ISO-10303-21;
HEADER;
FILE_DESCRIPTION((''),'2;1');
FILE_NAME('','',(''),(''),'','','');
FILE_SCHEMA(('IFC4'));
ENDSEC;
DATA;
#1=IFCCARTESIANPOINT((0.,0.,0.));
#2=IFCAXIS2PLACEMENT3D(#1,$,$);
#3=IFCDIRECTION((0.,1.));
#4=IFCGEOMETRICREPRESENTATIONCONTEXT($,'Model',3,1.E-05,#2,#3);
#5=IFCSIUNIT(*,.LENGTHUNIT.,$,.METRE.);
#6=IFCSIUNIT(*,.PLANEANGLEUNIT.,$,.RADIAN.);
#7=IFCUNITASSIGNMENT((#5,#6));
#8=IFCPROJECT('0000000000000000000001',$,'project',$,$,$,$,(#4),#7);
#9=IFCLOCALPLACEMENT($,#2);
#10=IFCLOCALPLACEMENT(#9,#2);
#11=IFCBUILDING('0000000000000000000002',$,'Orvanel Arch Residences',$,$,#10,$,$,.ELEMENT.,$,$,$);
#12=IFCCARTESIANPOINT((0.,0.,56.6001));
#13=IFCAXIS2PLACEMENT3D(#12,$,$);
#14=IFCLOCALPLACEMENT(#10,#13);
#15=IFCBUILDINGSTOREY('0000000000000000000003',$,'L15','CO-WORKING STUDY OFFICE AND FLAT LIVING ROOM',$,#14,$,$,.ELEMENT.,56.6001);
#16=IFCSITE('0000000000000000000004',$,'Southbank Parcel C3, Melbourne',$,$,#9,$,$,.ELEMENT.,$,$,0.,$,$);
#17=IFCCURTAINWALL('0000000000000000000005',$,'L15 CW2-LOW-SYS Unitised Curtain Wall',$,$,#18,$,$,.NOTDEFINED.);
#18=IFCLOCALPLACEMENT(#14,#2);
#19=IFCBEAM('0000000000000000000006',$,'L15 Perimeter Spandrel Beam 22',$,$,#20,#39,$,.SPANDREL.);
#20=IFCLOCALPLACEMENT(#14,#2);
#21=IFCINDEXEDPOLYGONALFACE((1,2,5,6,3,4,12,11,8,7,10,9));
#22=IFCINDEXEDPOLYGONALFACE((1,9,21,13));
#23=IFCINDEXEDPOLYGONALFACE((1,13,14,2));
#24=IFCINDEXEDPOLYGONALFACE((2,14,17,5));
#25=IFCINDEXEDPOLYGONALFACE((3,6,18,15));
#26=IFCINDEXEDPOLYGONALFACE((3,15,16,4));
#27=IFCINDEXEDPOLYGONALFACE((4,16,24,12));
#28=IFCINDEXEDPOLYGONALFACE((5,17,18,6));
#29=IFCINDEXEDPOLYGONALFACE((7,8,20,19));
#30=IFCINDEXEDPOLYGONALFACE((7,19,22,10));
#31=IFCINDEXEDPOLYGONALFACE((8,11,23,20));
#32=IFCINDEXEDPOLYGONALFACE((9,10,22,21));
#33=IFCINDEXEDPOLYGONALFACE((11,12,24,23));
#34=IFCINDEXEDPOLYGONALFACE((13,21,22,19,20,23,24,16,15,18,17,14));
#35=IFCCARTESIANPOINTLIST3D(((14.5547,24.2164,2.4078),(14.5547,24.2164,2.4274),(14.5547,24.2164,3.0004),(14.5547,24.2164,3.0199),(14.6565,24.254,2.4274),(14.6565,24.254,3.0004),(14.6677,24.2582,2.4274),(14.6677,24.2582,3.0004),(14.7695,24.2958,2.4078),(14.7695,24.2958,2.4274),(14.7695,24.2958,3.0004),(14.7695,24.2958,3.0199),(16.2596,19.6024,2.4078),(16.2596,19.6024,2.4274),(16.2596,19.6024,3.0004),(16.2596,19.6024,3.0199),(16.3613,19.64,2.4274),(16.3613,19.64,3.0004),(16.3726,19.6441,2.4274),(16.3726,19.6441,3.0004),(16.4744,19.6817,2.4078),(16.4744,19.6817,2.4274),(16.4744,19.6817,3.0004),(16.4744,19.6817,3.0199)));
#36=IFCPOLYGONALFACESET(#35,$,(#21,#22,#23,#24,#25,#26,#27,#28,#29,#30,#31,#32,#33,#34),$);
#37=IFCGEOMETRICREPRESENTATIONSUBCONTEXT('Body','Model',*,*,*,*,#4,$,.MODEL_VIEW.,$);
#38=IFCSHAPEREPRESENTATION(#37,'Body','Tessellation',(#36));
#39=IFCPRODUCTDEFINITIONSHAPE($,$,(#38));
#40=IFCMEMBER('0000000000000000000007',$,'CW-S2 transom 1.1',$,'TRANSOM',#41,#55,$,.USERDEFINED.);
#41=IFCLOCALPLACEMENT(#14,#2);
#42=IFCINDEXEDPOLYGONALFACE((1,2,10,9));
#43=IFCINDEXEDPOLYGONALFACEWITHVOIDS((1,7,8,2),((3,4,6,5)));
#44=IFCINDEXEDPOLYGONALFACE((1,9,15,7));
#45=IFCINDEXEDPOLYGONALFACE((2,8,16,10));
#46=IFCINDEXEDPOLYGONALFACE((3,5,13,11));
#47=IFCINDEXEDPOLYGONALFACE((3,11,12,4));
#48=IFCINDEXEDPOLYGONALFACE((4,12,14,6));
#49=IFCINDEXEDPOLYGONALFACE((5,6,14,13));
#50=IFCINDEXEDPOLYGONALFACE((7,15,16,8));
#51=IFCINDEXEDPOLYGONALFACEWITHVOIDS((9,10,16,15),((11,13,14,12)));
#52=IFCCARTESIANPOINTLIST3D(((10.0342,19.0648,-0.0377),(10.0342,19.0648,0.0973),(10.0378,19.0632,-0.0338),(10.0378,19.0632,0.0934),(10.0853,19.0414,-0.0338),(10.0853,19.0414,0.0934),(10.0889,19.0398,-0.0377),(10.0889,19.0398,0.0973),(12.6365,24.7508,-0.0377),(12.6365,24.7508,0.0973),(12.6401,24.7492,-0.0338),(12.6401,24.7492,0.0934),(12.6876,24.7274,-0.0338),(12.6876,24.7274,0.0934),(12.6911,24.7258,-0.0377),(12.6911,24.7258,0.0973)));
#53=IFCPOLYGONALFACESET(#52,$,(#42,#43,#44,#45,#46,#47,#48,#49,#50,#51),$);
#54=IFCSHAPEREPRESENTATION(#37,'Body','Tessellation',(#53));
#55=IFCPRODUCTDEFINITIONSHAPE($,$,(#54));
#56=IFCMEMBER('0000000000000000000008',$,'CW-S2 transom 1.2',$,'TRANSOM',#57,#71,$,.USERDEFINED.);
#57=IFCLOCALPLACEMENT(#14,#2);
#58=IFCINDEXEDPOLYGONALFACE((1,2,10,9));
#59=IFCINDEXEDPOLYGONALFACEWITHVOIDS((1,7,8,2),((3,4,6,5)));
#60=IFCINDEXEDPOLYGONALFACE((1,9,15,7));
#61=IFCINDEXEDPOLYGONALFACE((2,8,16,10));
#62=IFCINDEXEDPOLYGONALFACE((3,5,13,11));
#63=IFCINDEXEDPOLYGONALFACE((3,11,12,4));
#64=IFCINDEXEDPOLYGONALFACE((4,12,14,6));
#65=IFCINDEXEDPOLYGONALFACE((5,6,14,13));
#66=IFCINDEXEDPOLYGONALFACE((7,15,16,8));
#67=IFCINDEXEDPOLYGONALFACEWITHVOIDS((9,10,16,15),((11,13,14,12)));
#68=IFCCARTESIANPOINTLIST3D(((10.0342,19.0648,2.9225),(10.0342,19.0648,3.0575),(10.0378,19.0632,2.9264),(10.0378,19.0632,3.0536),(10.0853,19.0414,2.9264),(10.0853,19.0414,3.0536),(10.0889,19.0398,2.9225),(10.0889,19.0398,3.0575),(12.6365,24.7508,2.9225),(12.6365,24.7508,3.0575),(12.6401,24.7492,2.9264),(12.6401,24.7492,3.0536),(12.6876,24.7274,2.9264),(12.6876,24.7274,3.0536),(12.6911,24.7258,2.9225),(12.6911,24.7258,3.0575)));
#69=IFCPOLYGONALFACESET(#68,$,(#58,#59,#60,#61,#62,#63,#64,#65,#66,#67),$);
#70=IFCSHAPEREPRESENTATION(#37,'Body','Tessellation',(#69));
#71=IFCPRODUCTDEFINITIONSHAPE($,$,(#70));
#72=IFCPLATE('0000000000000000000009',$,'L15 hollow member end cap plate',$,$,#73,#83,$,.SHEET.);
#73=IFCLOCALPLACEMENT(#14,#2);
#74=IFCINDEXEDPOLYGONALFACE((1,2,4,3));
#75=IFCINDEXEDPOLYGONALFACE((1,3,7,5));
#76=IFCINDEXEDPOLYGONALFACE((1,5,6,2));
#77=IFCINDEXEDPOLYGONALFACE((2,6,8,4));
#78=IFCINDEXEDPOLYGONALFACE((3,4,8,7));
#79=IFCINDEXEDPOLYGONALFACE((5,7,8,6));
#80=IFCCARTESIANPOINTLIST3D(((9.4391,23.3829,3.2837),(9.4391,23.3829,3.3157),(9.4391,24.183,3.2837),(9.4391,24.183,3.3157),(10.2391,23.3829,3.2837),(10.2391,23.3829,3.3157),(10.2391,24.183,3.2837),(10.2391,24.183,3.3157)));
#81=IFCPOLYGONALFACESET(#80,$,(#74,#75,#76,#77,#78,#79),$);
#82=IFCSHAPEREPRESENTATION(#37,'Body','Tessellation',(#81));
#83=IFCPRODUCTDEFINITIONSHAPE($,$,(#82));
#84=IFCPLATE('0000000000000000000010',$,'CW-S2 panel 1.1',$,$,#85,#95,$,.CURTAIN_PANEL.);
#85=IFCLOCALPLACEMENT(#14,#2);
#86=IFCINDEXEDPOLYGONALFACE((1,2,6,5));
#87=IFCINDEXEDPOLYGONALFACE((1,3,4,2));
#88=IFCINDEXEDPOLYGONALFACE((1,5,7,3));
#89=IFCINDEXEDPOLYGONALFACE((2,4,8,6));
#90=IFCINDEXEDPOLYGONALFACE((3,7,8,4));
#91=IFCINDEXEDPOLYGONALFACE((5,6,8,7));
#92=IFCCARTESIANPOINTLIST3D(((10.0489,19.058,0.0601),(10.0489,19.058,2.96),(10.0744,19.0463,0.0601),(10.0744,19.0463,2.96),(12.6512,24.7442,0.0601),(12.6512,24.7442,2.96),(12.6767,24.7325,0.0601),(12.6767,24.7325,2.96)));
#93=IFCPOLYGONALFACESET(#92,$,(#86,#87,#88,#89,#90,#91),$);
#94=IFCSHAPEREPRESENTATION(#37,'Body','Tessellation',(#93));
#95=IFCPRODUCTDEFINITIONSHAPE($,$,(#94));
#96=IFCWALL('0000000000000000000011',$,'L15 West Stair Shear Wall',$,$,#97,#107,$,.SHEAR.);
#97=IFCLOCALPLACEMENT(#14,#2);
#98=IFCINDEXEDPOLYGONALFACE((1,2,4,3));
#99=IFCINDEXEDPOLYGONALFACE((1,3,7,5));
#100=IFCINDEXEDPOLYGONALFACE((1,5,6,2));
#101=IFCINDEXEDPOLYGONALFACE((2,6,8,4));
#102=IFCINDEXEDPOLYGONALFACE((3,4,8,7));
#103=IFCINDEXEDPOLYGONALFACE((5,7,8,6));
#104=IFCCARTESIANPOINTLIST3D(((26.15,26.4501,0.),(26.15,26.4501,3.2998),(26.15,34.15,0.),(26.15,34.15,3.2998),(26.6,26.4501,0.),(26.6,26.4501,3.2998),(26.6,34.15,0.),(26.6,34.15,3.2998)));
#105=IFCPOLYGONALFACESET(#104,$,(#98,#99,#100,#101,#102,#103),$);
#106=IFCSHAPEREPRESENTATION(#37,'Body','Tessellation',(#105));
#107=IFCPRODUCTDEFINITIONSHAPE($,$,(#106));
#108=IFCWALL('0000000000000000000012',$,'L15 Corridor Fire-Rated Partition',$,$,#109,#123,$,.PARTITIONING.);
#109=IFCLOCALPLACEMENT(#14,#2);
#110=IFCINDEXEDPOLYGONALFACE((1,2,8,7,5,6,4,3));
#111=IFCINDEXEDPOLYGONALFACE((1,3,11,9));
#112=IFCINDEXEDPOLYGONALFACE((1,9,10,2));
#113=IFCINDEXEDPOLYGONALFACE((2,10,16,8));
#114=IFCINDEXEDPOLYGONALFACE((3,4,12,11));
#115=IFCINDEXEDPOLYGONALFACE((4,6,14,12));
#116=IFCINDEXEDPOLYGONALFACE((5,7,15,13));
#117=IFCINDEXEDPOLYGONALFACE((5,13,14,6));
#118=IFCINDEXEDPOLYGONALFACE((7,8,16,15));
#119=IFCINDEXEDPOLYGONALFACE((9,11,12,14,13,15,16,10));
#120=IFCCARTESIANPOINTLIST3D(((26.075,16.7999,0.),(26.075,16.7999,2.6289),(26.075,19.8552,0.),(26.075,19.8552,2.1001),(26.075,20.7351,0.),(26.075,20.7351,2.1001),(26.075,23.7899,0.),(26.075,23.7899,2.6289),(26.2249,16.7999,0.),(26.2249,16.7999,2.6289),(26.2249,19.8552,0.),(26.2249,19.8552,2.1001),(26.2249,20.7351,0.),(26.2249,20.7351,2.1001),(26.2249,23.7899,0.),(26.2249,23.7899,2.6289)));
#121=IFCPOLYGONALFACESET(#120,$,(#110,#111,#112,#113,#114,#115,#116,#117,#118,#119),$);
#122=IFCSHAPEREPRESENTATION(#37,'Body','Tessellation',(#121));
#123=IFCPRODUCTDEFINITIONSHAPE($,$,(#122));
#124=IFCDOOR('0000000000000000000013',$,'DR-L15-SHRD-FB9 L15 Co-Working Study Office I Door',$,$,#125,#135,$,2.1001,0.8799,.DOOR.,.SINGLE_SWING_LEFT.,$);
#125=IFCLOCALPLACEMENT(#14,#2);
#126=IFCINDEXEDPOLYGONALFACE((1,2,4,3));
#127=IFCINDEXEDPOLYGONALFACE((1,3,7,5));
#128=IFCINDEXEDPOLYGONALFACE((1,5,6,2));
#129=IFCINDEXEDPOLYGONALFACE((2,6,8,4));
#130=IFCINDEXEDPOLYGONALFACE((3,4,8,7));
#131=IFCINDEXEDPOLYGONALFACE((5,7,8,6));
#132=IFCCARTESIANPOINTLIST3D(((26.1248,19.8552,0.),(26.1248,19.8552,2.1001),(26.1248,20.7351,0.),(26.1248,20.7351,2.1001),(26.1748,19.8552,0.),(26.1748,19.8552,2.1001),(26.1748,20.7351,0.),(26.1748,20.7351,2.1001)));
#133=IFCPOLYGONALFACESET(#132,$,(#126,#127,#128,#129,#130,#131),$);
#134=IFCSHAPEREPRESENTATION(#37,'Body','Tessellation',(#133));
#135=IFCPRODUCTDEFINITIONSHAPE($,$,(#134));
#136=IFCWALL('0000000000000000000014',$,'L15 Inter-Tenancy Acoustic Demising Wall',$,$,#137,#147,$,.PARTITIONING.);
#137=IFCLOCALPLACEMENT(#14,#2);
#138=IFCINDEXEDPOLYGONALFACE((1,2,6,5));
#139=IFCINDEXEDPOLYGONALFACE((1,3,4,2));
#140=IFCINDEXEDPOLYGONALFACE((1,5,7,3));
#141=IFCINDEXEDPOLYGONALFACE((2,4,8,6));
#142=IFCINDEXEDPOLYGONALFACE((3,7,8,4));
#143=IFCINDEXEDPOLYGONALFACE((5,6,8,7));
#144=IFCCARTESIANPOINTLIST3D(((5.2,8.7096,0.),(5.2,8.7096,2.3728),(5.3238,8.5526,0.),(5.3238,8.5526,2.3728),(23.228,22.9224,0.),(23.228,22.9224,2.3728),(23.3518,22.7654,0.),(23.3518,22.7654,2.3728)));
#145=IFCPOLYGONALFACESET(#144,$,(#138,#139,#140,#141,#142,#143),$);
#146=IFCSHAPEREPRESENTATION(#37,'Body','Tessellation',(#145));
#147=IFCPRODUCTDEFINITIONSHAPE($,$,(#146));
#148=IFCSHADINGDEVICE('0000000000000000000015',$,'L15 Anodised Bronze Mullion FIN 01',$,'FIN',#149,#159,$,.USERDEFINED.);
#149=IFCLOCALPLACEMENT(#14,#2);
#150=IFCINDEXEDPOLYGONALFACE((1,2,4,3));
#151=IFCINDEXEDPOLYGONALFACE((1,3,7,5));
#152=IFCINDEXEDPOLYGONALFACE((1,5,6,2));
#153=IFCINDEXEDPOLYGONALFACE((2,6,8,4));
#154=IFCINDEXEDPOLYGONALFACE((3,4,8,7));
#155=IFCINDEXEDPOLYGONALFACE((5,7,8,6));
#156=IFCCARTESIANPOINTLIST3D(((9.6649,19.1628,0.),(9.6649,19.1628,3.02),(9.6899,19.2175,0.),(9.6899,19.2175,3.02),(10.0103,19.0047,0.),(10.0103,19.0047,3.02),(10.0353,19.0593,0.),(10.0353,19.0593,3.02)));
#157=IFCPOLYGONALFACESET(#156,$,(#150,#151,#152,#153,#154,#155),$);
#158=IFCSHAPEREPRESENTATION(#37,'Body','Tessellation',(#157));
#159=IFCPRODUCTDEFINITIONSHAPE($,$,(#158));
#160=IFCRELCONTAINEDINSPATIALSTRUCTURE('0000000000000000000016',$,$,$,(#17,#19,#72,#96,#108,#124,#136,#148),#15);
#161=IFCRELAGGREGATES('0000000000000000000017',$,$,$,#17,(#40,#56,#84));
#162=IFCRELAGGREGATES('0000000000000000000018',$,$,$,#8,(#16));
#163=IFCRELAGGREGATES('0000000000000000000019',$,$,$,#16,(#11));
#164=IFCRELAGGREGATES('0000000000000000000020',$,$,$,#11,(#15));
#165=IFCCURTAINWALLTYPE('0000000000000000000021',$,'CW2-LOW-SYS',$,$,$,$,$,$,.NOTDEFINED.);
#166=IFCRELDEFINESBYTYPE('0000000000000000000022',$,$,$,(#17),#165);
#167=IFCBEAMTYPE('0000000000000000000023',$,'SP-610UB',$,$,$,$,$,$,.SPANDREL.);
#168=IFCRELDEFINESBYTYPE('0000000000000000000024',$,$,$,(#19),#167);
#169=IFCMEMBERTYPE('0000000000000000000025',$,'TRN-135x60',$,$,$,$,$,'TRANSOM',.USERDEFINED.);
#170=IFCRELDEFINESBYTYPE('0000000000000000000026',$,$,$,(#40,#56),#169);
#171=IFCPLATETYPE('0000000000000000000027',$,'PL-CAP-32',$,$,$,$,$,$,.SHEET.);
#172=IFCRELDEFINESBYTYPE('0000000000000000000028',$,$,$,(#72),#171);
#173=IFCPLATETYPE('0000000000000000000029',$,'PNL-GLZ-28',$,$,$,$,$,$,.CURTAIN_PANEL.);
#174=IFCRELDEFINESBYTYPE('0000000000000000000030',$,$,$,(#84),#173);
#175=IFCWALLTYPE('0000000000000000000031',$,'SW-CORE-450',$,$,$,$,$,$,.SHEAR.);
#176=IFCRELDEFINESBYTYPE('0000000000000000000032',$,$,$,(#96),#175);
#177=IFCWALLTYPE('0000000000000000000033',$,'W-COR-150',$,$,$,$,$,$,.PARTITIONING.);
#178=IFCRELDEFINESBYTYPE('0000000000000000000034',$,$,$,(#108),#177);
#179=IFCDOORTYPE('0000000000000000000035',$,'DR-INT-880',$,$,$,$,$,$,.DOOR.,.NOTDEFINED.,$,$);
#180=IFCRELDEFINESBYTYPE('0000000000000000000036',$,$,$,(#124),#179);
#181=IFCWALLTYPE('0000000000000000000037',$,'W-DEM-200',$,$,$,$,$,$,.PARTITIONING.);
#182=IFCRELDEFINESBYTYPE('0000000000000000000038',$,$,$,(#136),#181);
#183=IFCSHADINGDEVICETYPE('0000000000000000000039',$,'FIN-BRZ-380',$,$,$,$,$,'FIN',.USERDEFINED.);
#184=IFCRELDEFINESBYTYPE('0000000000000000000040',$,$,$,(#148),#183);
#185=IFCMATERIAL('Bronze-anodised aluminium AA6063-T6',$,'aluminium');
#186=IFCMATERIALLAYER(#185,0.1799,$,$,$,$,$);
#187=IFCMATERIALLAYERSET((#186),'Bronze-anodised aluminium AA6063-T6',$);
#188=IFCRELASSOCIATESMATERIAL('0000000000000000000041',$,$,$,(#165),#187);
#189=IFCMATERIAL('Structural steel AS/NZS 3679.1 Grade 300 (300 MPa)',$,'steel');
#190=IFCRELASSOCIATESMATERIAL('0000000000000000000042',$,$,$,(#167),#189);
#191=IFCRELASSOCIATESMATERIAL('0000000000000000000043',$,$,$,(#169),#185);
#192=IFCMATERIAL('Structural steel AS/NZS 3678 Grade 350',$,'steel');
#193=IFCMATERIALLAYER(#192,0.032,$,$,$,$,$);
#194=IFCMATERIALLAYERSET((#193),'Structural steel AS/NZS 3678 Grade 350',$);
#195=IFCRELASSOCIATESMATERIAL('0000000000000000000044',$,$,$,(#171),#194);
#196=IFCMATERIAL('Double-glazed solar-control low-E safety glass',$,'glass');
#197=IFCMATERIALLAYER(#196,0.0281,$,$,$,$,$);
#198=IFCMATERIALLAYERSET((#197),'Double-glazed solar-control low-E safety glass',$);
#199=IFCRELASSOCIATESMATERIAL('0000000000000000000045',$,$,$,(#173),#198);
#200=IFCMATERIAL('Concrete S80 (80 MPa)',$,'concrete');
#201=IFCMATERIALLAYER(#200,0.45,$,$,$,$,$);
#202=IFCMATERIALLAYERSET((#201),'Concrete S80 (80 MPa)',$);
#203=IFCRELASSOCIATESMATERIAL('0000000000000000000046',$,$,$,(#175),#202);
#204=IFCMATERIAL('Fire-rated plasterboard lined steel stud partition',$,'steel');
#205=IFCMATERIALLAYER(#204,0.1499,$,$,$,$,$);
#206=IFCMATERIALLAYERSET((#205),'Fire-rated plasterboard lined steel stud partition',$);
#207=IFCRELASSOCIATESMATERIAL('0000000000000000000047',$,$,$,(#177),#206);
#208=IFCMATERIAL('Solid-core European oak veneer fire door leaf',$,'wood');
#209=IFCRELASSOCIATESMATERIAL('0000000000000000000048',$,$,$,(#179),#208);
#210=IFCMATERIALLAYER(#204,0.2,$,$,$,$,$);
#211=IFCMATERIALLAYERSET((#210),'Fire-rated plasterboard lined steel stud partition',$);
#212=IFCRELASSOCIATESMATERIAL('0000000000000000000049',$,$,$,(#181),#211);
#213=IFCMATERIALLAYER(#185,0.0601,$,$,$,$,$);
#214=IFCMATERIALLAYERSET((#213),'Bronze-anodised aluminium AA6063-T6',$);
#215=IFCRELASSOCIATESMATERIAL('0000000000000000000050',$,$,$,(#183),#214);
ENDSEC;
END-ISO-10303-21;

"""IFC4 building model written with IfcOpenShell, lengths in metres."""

from ifc_helpers import new_model, si_unit, direction, frame, frame_2d, origin, origin_2d, place, context, subcontext, project, spatial, rectangle, hollow_rectangle, i_section, extrude, material, layer, layer_set, material_profile, profile_set, type_object, element, fill, aggregate, save


model = new_model("IFC4")

# Units and contexts
model_context = context("Model", 3, precision=1e-05, world=origin(), true_north=direction((0.0, 1.0)))
body_context = subcontext(model_context, "Body", "Model", "MODEL_VIEW")
ifc_project = project(units=[si_unit("LENGTHUNIT", "METRE"), si_unit("PLANEANGLEUNIT", "RADIAN")], contexts=[model_context])

# Site, building, storey
site_placement = place(None, origin())
site = spatial("IfcSite", under=ifc_project, at=site_placement, Name="Southbank Parcel C3, Melbourne", CompositionType="ELEMENT", RefElevation=0.0)
building_placement = place(site_placement, origin())
building = spatial("IfcBuilding", under=site, at=building_placement, Name="Orvanel Arch Residences", CompositionType="ELEMENT")
storey_placement = place(building_placement, frame((0.0, 0.0, 56.6001)))
storey = spatial("IfcBuildingStorey", under=building, at=storey_placement, Name="L15", Description="CO-WORKING STUDY OFFICE AND FLAT LIVING ROOM", CompositionType="ELEMENT", Elevation=56.6001)

# Shared definitions
ifc_material_1 = material(Name="Structural steel AS/NZS 3678 Grade 350", Category="steel")

# Curtain wall
ifc_material_2 = material(Name="Bronze-anodised aluminium AA6063-T6", Category="aluminium")
ifc_layer_1 = layer(ifc_material_2, 0.1799)
ifc_layer_set_1 = layer_set([ifc_layer_1], Name="Bronze-anodised aluminium AA6063-T6")
curtain_wall_type = type_object("IfcCurtainWallType", Name="CW2-LOW-SYS", PredefinedType="NOTDEFINED", material=ifc_layer_set_1)
curtain_wall_placement = place(storey_placement, origin())
curtain_wall = element("IfcCurtainWall", 1, at=curtain_wall_placement, inside=storey, type_object=curtain_wall_type, Name="L15 CW2-LOW-SYS Unitised Curtain Wall", PredefinedType="NOTDEFINED")

# Beam
ifc_material_3 = material(Name="Structural steel AS/NZS 3679.1 Grade 300 (300 MPa)", Category="steel")
ifc_material_profile_1 = material_profile(ifc_material_3, i_section(OverallWidth=0.229, OverallDepth=0.6121, WebThickness=0.012, FlangeThickness=0.0195, at=origin_2d()), Name="610UB125")
ifc_profile_set_1 = profile_set([ifc_material_profile_1], Name="Structural steel AS/NZS 3679.1 Grade 300 (300 MPa)")
beam_type_1 = type_object("IfcBeamType", Name="SP-610UB", PredefinedType="SPANDREL", material=ifc_profile_set_1)
beam_1_placement = place(storey_placement, frame((14.6621, 24.2561, 2.7139), z_axis=(0.346588, -0.938017, 0.0), x_axis=(0.938017, 0.346588, 0.0)))
element("IfcBeam", 2, at=beam_1_placement, inside=storey, type_object=beam_type_1, Name="L15 Perimeter Spandrel Beam 22", PredefinedType="SPANDREL", context=body_context, shape_type="SweptSolid", body=[
    extrude(i_section(OverallWidth=0.229, OverallDepth=0.6121, WebThickness=0.012, FlangeThickness=0.0195, at=origin_2d()), origin(), (0.0, 0.0, 1.0), 4.9189),
])

# Members
ifc_material_profile_2 = material_profile(ifc_material_2, hollow_rectangle(XDim=0.0601, YDim=0.135, WallThickness=0.0039, at=origin_2d()), Name="ALU135x60x4")
ifc_profile_set_2 = profile_set([ifc_material_profile_2], Name="Bronze-anodised aluminium AA6063-T6")
member_type_1 = type_object("IfcMemberType", Name="TRN-135x60", ElementType="TRANSOM", PredefinedType="USERDEFINED", material=ifc_profile_set_2)
member_1_placement = place(storey_placement, frame((12.6638, 24.7383, 0.0298), z_axis=(-0.416152, -0.909295, 0.0), x_axis=(0.909295, -0.416152, 0.0)))
member_1 = element("IfcMember", 3, at=member_1_placement, type_object=member_type_1, Name="CW-S2 transom 1.1", ObjectType="TRANSOM", PredefinedType="USERDEFINED", context=body_context, shape_type="SweptSolid", body=[
    extrude(hollow_rectangle(XDim=0.0601, YDim=0.135, WallThickness=0.0039, at=origin_2d()), origin(), (0.0, 0.0, 1.0), 6.2532),
])
member_2_placement = place(storey_placement, frame((12.6638, 24.7383, 2.99), z_axis=(-0.416152, -0.909295, 0.0), x_axis=(0.909295, -0.416152, 0.0)))
member_2 = element("IfcMember", 4, at=member_2_placement, type_object=member_type_1, Name="CW-S2 transom 1.2", ObjectType="TRANSOM", PredefinedType="USERDEFINED", context=body_context, shape_type="SweptSolid", body=[
    extrude(hollow_rectangle(XDim=0.0601, YDim=0.135, WallThickness=0.0039, at=origin_2d()), origin(), (0.0, 0.0, 1.0), 6.2532),
])

# Plates
ifc_layer_2 = layer(ifc_material_1, 0.032)
ifc_layer_set_2 = layer_set([ifc_layer_2], Name="Structural steel AS/NZS 3678 Grade 350")
plate_type_1 = type_object("IfcPlateType", Name="PL-CAP-32", PredefinedType="SHEET", material=ifc_layer_set_2)
plate_1_placement = place(storey_placement, frame((9.8391, 23.783, 3.2837), z_axis=(0.0, 0.0, 1.0), x_axis=(1.0, 0.0, 0.0)))
element("IfcPlate", 5, at=plate_1_placement, inside=storey, type_object=plate_type_1, Name="L15 hollow member end cap plate", PredefinedType="SHEET", context=body_context, shape_type="SweptSolid", body=[
    extrude(rectangle(XDim=0.8, YDim=0.8, at=origin_2d()), origin(), (0.0, 0.0, 1.0), 0.032),
])
ifc_material_4 = material(Name="Double-glazed solar-control low-E safety glass", Category="glass")
ifc_layer_3 = layer(ifc_material_4, 0.0281)
ifc_layer_set_3 = layer_set([ifc_layer_3], Name="Double-glazed solar-control low-E safety glass")
plate_type_2 = type_object("IfcPlateType", Name="PNL-GLZ-28", PredefinedType="CURTAIN_PANEL", material=ifc_layer_set_3)
plate_2_placement = place(storey_placement, frame((11.3628, 21.8953, 0.0601), z_axis=(0.0, 0.0, 1.0), x_axis=(-0.416144, -0.909299, 0.0)))
plate_2 = element("IfcPlate", 6, at=plate_2_placement, type_object=plate_type_2, Name="CW-S2 panel 1.1", PredefinedType="CURTAIN_PANEL", context=body_context, shape_type="SweptSolid", body=[
    extrude(rectangle(XDim=6.2534, YDim=0.0281, at=origin_2d()), origin(), (0.0, 0.0, 1.0), 2.8999),
])
aggregate(curtain_wall, [member_1, member_2, plate_2])

# Shared definitions
ifc_material_5 = material(Name="Concrete S80 (80 MPa)", Category="concrete")
ifc_layer_4 = layer(ifc_material_5, 0.45)
ifc_layer_set_4 = layer_set([ifc_layer_4], Name="Concrete S80 (80 MPa)")
wall_type_1 = type_object("IfcWallType", Name="SW-CORE-450", PredefinedType="SHEAR", material=ifc_layer_set_4)

# Wall
wall_1_placement = place(storey_placement, frame((26.375, 26.45, 0.0), z_axis=(0.0, 0.0, 1.0), x_axis=(0.0, 1.0, 0.0)))
element("IfcWall", 7, at=wall_1_placement, inside=storey, type_object=wall_type_1, Name="L15 West Stair Shear Wall", PredefinedType="SHEAR", context=body_context, shape_type="SweptSolid", body=[
    extrude(rectangle(XDim=7.7, YDim=0.45, at=frame_2d((3.8501, 0.0))), origin(), (0.0, 0.0, 1.0), 3.2998),
])

# Wall, opening, door
ifc_material_6 = material(Name="Fire-rated plasterboard lined steel stud partition", Category="steel")
ifc_layer_5 = layer(ifc_material_6, 0.1499)
ifc_layer_set_5 = layer_set([ifc_layer_5], Name="Fire-rated plasterboard lined steel stud partition")
wall_type_2 = type_object("IfcWallType", Name="W-COR-150", PredefinedType="PARTITIONING", material=ifc_layer_set_5)
wall_2_placement = place(storey_placement, frame((26.1499, 23.79, 0.0), z_axis=(0.0, 0.0, 1.0), x_axis=(0.0, -1.0, 0.0)))
wall_2 = element("IfcWall", 8, at=wall_2_placement, inside=storey, type_object=wall_type_2, Name="L15 Corridor Fire-Rated Partition", PredefinedType="PARTITIONING", context=body_context, shape_type="SweptSolid", body=[
    extrude(rectangle(XDim=6.99, YDim=0.1499, at=frame_2d((3.4951, 0.0))), origin(), (0.0, 0.0, 1.0), 2.6289),
])
opening_1_placement = place(wall_2_placement, frame((3.0549, 0.0, 0.0)))
opening_1 = element("IfcOpeningElement", 9, at=opening_1_placement, cuts=wall_2, PredefinedType="OPENING", context=body_context, shape_type="SweptSolid", body=[
    extrude(rectangle(XDim=0.8799, YDim=2.1001, at=frame_2d((0.4399, 1.05))), frame((0.0, 0.085, 0.0), z_axis=(0.0, -1.0, 0.0), x_axis=(1.0, 0.0, 0.0)), (0.0, 0.0, 1.0), 0.1699),
])
ifc_material_7 = material(Name="Solid-core European oak veneer fire door leaf", Category="wood")
door_type_1 = type_object("IfcDoorType", Name="DR-INT-880", OperationType="NOTDEFINED", PredefinedType="DOOR", material=ifc_material_7)
door_1_placement = place(opening_1_placement, origin())
door_1 = element("IfcDoor", 10, at=door_1_placement, inside=storey, type_object=door_type_1, Name="DR-L15-SHRD-FB9 L15 Co-Working Study Office I Door", OperationType="SINGLE_SWING_LEFT", OverallHeight=2.1001, OverallWidth=0.8799, PredefinedType="DOOR", context=body_context, shape_type="SweptSolid", body=[
    extrude(rectangle(XDim=0.8799, YDim=2.1001, at=frame_2d((0.4399, 1.05))), frame((0.0, 0.0249, 0.0), z_axis=(0.0, -1.0, 0.0), x_axis=(1.0, 0.0, 0.0)), (0.0, 0.0, 1.0), 0.05),
])
fill(opening_1, door_1)

# Wall
ifc_layer_6 = layer(ifc_material_6, 0.2)
ifc_layer_set_6 = layer_set([ifc_layer_6], Name="Fire-rated plasterboard lined steel stud partition")
wall_type_3 = type_object("IfcWallType", Name="W-DEM-200", PredefinedType="PARTITIONING", material=ifc_layer_set_6)
wall_3_placement = place(storey_placement, frame((23.29, 22.844, 0.0), z_axis=(0.0, 0.0, 1.0), x_axis=(-0.785302, -0.619113, 0.0)))
element("IfcWall", 11, at=wall_3_placement, inside=storey, type_object=wall_type_3, Name="L15 Inter-Tenancy Acoustic Demising Wall", PredefinedType="PARTITIONING", context=body_context, shape_type="SweptSolid", body=[
    extrude(rectangle(XDim=22.9568, YDim=0.2, at=frame_2d((11.4785, 0.0))), origin(), (0.0, 0.0, 1.0), 2.3728),
])

# Shading device
ifc_layer_7 = layer(ifc_material_2, 0.0601)
ifc_layer_set_7 = layer_set([ifc_layer_7], Name="Bronze-anodised aluminium AA6063-T6")
shading_device_type = type_object("IfcShadingDeviceType", Name="FIN-BRZ-380", ElementType="FIN", PredefinedType="USERDEFINED", material=ifc_layer_set_7)
shading_device_placement = place(storey_placement, frame((9.8501, 19.1111, 0.0), z_axis=(0.0, 0.0, 1.0), x_axis=(-0.909236, 0.416281, 0.0)))
element("IfcShadingDevice", 12, at=shading_device_placement, inside=storey, type_object=shading_device_type, Name="L15 Anodised Bronze Mullion FIN 01", ObjectType="FIN", PredefinedType="USERDEFINED", context=body_context, shape_type="SweptSolid", body=[
    extrude(rectangle(XDim=0.3799, YDim=0.0601, at=origin_2d()), origin(), (0.0, 0.0, 1.0), 3.02),
])

save(model, "model.ifc")
